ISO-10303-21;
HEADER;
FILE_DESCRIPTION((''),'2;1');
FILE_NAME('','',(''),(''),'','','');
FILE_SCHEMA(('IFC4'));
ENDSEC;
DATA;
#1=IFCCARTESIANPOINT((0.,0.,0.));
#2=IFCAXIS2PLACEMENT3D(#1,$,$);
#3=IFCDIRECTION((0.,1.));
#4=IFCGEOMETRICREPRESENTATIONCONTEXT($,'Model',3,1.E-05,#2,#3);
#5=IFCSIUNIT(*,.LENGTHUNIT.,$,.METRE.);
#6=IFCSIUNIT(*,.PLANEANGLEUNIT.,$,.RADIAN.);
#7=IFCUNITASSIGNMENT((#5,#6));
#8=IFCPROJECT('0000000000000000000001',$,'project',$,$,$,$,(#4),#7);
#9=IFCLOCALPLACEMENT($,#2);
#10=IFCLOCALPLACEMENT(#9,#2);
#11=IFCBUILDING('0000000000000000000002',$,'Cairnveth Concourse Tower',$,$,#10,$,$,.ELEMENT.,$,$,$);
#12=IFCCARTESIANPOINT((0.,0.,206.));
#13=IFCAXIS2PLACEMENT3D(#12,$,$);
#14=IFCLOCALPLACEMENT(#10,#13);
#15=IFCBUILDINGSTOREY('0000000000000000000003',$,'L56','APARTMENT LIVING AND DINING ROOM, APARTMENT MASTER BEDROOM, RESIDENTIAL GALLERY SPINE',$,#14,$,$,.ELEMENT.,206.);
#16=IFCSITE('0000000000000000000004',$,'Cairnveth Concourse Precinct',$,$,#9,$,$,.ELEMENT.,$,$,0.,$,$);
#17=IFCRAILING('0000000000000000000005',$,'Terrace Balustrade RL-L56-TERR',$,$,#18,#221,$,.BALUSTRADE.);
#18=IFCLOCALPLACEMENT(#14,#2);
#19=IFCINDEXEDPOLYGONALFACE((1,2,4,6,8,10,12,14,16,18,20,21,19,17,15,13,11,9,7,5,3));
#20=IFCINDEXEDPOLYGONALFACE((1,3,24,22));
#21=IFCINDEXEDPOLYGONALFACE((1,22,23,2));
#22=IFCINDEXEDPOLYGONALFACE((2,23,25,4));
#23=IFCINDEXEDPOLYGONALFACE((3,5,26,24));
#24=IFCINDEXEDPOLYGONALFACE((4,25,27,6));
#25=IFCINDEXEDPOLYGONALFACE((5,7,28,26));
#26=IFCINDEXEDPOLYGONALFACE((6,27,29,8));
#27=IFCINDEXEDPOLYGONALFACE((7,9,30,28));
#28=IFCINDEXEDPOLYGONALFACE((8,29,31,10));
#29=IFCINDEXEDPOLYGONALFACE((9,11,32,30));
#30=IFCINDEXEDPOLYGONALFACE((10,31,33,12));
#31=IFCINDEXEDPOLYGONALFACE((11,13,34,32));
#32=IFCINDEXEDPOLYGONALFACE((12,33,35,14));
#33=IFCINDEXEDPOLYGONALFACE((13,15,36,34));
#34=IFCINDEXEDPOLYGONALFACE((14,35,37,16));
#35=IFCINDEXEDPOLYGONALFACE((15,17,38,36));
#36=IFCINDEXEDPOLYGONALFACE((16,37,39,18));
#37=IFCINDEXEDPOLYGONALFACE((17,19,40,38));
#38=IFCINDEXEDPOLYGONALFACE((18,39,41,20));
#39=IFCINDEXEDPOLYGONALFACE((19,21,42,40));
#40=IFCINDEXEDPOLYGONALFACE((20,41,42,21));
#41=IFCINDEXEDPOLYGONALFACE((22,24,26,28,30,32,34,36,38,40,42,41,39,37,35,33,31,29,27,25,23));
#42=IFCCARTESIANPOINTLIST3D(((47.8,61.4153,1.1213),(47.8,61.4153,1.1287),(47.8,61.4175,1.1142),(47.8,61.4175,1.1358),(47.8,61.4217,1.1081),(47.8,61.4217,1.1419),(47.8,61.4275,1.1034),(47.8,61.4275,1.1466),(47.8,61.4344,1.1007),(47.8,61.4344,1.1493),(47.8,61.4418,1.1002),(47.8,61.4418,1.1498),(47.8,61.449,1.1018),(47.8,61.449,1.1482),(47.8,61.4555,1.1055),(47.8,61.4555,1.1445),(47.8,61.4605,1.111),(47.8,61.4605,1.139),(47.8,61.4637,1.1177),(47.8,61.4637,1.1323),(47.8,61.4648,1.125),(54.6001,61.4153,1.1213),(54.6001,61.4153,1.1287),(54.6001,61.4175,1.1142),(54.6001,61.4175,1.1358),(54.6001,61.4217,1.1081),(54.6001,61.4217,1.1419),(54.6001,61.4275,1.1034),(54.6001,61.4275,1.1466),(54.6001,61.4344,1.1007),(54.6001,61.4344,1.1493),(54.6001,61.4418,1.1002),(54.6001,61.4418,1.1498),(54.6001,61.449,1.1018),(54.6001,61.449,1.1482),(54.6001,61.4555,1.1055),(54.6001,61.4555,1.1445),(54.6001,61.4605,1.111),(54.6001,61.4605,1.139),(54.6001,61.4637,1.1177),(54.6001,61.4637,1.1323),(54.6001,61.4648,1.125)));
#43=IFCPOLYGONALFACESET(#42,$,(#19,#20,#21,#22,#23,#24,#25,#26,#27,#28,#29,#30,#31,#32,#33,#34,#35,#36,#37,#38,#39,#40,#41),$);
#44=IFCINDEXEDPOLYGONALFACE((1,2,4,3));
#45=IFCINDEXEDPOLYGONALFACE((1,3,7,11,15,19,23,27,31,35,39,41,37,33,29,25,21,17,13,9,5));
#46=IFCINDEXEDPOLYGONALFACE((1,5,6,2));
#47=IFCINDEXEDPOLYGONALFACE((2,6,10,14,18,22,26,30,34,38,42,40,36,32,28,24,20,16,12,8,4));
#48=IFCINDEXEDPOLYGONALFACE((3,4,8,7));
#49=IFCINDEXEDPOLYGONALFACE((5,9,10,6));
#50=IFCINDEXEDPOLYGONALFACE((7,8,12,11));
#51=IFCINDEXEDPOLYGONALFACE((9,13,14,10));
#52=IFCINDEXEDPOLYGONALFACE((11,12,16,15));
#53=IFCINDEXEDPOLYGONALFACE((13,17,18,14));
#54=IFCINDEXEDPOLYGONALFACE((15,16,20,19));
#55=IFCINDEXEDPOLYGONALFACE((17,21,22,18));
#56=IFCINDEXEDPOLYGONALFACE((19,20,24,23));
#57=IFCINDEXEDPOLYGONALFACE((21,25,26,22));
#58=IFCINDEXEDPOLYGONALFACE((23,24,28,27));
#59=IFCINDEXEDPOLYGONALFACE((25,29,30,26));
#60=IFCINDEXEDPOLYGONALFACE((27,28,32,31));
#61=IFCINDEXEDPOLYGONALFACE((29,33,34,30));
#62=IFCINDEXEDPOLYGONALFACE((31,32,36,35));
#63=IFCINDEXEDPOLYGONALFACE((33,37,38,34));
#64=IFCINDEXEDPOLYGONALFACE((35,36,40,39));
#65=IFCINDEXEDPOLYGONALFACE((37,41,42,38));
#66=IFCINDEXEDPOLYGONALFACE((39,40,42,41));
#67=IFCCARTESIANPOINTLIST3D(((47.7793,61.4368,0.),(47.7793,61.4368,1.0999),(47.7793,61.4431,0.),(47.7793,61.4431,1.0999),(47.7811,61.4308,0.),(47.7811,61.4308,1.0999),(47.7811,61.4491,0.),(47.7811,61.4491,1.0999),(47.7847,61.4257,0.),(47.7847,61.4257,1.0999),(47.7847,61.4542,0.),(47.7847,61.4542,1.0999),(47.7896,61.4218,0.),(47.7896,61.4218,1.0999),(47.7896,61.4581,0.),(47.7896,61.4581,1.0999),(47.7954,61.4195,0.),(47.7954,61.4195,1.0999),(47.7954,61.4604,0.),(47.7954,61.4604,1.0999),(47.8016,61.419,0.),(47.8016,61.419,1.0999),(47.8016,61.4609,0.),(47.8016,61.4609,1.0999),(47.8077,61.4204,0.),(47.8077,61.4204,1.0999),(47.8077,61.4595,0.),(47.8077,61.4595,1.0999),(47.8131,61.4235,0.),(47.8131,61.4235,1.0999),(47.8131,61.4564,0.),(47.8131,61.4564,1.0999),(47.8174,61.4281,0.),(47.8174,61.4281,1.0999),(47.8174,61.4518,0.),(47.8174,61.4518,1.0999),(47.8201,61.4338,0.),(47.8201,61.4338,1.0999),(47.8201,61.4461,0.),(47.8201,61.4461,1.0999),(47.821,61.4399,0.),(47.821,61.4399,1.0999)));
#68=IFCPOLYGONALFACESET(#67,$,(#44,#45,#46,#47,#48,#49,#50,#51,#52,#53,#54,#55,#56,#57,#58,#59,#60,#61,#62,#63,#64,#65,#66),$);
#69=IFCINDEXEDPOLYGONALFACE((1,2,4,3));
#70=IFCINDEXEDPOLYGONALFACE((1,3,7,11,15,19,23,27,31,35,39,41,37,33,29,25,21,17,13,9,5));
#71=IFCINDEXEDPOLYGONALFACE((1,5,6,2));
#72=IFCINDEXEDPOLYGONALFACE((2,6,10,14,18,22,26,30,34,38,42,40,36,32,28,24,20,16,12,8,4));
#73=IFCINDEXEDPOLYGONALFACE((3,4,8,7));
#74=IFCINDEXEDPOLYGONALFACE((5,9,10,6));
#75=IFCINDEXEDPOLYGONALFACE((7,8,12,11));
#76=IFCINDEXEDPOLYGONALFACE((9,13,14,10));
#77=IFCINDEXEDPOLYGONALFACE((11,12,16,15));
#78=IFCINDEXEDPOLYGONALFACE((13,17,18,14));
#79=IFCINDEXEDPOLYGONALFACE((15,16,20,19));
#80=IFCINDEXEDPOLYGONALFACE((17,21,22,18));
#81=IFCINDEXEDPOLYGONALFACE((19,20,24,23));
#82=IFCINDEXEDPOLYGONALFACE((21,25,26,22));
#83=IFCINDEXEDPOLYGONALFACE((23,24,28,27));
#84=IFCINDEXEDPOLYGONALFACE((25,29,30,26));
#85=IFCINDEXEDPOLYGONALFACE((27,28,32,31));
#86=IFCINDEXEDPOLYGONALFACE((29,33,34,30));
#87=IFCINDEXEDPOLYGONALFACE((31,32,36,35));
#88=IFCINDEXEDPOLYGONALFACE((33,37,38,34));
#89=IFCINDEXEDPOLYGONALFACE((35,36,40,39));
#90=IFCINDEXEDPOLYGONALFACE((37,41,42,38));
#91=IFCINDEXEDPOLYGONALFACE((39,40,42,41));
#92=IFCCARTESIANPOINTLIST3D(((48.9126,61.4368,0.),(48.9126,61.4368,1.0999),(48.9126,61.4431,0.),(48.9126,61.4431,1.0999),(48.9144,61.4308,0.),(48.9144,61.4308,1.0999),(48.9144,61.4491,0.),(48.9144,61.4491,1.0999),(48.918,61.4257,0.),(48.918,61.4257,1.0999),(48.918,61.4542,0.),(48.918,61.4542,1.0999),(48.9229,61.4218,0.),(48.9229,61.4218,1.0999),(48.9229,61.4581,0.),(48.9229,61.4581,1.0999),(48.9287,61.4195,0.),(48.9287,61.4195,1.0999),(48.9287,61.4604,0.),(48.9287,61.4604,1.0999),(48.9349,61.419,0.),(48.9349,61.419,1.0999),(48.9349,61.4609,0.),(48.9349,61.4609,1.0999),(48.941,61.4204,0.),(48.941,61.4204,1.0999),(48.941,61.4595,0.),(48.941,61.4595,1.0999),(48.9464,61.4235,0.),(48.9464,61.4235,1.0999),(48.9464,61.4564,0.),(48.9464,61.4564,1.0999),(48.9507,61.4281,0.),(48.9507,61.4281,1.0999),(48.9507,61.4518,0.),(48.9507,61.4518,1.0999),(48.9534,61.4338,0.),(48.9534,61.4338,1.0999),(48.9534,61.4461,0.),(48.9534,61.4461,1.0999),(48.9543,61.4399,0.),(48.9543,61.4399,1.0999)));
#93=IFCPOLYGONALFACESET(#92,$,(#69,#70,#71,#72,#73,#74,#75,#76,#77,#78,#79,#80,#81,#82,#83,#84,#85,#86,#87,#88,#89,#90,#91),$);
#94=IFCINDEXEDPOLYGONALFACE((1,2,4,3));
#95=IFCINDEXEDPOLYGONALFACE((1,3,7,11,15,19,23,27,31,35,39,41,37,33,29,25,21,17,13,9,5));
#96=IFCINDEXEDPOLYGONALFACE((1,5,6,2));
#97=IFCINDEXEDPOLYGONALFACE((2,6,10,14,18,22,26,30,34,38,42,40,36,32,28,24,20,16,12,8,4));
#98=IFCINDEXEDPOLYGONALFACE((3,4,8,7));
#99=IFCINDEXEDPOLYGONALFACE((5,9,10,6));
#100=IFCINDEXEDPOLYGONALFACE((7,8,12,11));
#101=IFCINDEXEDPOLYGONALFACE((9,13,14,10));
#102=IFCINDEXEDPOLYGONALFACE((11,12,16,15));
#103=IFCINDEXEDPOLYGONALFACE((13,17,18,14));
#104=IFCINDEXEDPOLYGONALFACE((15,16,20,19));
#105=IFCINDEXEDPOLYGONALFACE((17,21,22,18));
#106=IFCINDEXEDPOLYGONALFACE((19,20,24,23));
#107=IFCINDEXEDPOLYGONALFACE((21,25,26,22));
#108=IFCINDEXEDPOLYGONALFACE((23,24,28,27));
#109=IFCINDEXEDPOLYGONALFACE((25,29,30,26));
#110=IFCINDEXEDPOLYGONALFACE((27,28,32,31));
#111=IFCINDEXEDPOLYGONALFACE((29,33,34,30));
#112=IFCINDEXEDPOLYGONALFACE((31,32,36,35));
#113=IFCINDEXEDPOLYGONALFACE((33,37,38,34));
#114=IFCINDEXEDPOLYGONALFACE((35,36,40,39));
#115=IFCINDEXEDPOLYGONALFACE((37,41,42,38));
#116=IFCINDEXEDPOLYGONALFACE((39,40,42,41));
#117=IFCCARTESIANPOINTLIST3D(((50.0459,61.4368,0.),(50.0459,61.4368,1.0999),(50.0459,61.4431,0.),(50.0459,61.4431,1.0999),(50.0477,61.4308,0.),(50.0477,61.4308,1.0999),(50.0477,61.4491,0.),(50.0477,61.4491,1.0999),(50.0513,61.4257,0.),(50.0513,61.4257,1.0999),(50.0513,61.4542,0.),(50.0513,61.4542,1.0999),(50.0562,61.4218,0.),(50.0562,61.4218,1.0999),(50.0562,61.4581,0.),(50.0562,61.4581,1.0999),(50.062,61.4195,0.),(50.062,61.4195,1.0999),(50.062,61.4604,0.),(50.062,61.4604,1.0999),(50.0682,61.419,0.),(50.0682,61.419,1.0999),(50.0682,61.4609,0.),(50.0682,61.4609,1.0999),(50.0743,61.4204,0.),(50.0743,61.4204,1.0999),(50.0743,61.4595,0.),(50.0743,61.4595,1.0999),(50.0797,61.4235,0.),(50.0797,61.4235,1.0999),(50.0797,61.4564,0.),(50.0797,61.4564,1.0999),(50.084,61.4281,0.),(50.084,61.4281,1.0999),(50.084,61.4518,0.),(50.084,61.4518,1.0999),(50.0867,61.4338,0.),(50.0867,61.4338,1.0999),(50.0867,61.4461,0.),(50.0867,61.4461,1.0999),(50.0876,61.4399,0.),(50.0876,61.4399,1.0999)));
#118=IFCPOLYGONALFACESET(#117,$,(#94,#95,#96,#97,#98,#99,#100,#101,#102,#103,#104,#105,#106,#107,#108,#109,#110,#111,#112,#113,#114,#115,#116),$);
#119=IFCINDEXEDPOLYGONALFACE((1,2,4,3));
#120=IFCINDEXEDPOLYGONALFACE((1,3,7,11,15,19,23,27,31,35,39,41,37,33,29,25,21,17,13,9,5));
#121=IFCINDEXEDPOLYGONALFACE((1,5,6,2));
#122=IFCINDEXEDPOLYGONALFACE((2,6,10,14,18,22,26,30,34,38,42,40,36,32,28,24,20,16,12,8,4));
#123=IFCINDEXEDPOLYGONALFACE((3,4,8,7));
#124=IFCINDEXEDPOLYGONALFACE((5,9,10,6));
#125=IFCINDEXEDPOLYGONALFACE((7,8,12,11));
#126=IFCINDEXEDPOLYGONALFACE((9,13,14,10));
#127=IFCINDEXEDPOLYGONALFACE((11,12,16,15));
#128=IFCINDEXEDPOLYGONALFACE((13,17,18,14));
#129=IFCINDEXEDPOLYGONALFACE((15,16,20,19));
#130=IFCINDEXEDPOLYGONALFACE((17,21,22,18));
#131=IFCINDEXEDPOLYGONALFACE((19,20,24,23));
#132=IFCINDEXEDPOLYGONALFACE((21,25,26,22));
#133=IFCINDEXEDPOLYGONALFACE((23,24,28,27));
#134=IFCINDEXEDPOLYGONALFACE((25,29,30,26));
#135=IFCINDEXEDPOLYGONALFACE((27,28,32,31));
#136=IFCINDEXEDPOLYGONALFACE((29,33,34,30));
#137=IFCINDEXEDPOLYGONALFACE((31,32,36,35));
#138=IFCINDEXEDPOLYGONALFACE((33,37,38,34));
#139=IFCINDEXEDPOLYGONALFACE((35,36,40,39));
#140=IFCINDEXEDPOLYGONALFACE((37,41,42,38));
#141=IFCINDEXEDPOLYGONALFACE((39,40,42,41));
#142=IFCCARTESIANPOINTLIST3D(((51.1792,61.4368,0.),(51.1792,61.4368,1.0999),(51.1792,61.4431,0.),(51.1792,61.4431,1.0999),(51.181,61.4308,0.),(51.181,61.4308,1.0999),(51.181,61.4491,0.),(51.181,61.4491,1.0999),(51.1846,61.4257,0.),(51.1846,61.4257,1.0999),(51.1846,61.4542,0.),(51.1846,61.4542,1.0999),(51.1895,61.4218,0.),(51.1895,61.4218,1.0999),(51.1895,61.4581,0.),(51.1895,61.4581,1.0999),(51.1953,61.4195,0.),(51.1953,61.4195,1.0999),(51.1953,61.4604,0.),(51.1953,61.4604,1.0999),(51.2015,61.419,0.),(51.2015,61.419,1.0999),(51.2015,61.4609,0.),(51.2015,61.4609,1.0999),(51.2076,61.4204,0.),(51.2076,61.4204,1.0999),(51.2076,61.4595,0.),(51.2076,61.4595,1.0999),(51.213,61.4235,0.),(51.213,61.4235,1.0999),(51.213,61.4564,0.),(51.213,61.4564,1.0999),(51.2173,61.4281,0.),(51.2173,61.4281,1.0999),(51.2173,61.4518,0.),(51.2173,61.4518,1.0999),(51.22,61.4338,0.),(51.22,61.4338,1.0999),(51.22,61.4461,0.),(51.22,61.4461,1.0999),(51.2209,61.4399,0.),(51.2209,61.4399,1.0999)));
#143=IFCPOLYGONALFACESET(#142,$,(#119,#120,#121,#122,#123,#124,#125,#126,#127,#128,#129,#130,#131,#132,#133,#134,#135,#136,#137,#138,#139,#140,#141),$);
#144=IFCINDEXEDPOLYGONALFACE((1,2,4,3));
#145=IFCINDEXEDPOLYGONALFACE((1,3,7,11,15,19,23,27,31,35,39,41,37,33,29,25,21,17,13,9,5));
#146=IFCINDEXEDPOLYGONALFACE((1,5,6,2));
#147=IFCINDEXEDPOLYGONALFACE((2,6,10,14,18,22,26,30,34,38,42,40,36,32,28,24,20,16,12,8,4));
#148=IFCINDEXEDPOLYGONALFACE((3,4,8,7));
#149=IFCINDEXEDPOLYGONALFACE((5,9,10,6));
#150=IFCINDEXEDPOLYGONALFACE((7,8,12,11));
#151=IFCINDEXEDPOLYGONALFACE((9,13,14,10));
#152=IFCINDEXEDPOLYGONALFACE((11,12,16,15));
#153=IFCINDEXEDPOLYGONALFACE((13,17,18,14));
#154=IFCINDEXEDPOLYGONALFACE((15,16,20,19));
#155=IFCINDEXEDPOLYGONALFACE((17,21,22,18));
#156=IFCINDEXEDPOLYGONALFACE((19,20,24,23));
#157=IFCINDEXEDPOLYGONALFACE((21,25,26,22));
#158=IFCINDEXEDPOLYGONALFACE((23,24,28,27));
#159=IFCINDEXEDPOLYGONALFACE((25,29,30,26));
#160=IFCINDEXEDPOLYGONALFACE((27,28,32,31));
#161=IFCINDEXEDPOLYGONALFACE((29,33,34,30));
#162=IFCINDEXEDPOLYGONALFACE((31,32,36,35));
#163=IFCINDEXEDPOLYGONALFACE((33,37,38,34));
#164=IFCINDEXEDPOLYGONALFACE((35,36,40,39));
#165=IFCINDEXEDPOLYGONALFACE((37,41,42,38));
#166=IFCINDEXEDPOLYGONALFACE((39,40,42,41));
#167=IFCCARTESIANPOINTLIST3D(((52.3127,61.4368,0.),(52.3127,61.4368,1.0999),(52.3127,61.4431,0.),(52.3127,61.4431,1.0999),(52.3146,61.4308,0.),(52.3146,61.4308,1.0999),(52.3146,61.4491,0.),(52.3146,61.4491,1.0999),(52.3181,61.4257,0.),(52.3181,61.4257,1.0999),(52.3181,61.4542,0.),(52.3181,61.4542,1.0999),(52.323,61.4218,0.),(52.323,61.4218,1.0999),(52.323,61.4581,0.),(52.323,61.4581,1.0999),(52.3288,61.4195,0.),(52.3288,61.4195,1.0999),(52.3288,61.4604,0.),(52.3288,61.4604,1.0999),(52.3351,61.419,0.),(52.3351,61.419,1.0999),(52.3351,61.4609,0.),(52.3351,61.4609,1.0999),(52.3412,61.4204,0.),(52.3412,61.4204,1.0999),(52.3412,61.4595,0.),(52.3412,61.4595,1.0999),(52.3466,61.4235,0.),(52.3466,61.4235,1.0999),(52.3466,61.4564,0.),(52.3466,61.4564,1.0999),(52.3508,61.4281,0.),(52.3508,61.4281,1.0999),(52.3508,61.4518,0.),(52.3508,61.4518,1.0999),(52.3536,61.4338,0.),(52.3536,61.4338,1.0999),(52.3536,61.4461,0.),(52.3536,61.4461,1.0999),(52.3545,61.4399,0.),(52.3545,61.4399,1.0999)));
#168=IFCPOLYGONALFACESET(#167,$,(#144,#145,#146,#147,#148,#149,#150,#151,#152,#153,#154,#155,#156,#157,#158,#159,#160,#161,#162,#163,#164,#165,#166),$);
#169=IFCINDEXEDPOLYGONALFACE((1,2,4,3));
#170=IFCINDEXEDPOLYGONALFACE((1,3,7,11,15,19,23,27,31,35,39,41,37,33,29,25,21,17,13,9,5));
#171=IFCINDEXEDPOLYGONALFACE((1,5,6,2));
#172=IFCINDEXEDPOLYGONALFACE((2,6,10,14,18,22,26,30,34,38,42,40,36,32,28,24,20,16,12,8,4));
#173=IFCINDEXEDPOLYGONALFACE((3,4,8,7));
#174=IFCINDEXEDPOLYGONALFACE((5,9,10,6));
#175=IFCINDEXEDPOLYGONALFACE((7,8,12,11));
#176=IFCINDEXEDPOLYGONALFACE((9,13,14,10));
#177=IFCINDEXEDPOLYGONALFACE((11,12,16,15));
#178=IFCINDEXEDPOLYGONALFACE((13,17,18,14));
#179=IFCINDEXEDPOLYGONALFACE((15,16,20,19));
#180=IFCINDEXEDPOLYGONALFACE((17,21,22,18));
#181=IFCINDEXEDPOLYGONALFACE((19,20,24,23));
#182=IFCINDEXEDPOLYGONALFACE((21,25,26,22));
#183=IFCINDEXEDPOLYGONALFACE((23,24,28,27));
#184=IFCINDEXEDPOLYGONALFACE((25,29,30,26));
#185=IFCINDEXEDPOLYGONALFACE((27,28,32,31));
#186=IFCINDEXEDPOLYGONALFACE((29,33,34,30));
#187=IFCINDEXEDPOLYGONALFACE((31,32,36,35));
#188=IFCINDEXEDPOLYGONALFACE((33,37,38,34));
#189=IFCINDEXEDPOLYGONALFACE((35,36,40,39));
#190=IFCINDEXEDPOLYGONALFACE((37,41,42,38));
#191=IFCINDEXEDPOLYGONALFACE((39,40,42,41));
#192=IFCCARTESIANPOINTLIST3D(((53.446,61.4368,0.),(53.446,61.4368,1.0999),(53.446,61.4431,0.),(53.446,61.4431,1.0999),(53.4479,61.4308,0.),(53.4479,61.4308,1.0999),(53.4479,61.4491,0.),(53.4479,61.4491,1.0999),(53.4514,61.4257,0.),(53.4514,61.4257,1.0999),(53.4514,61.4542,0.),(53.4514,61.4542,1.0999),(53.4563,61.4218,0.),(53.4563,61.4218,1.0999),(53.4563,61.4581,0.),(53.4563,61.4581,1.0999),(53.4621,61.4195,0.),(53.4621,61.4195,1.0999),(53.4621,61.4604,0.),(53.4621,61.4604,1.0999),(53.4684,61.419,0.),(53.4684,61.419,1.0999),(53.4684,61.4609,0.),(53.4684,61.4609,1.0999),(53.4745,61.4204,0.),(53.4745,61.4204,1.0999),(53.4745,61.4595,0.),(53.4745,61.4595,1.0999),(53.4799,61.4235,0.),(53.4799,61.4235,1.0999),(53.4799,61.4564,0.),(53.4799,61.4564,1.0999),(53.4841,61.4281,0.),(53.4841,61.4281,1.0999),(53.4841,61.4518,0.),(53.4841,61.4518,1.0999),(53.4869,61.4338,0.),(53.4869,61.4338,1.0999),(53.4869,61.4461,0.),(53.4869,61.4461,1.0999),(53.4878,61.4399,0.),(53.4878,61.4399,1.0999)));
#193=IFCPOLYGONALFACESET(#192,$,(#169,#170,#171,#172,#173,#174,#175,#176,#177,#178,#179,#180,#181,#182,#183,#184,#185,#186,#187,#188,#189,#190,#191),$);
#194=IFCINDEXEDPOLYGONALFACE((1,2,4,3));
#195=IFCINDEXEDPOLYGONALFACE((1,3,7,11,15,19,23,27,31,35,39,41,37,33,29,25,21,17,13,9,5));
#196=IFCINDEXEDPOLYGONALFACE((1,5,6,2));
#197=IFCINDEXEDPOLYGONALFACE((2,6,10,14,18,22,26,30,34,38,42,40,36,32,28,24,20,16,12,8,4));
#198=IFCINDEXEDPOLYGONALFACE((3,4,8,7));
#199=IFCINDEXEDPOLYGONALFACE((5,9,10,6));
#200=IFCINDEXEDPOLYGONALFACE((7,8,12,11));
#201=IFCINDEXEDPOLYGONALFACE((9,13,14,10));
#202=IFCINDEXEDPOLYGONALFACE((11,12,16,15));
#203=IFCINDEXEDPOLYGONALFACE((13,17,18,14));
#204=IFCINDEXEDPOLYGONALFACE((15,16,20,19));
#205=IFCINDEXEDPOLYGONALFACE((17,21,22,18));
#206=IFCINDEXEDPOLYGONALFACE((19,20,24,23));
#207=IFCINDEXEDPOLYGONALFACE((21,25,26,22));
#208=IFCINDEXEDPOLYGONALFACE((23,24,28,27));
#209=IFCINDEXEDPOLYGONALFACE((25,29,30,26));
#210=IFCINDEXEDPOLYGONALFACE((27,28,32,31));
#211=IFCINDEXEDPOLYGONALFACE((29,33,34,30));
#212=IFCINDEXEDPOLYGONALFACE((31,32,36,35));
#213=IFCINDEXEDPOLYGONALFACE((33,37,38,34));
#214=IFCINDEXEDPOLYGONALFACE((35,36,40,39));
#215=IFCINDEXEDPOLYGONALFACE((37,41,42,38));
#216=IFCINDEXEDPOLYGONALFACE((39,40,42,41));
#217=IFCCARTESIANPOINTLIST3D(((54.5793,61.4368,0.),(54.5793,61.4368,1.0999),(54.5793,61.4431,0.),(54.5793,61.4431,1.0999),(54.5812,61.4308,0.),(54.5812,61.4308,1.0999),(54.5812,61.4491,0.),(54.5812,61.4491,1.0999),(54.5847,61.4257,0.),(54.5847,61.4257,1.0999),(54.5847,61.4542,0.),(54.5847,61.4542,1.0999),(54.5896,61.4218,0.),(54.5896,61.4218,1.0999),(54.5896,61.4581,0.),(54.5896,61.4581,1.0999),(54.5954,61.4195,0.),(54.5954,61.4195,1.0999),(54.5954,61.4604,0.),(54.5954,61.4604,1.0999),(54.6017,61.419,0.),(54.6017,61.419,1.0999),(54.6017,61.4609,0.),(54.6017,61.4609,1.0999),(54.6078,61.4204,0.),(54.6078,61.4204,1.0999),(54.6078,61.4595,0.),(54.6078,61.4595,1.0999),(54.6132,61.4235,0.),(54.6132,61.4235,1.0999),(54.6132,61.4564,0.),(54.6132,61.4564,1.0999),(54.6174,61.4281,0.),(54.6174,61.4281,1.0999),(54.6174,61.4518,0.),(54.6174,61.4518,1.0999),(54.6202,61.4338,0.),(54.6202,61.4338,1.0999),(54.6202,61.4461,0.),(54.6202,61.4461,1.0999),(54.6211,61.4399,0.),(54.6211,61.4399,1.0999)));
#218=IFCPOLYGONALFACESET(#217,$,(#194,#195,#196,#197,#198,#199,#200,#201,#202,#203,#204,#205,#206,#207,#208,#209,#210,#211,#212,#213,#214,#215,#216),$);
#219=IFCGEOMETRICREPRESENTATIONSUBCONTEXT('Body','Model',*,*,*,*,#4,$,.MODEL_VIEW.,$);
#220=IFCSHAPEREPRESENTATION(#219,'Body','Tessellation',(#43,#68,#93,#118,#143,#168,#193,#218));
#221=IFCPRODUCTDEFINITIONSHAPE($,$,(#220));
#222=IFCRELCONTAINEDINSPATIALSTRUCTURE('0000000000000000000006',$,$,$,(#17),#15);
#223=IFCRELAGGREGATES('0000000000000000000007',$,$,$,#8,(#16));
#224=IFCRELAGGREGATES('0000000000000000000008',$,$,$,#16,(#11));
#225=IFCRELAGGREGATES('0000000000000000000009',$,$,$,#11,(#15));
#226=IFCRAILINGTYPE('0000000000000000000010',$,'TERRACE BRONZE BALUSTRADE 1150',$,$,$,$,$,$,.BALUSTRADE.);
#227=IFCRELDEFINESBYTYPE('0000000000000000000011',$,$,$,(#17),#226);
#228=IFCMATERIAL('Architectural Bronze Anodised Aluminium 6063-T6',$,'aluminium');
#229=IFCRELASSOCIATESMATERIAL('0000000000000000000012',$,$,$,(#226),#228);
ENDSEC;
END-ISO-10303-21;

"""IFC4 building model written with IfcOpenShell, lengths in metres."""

from ifc_helpers import new_model, si_unit, direction, frame, origin, origin_2d, place, context, subcontext, project, spatial, circle, extrude, material, type_object, element, save


model = new_model("IFC4")

# Units and contexts
model_context = context("Model", 3, precision=1e-05, world=origin(), true_north=direction((0.0, 1.0)))
body_context = subcontext(model_context, "Body", "Model", "MODEL_VIEW")
ifc_project = project(units=[si_unit("LENGTHUNIT", "METRE"), si_unit("PLANEANGLEUNIT", "RADIAN")], contexts=[model_context])

# Site, building, storey
site_placement = place(None, origin())
site = spatial("IfcSite", under=ifc_project, at=site_placement, Name="Cairnveth Concourse Precinct", CompositionType="ELEMENT", RefElevation=0.0)
building_placement = place(site_placement, origin())
building = spatial("IfcBuilding", under=site, at=building_placement, Name="Cairnveth Concourse Tower", CompositionType="ELEMENT")
storey_placement = place(building_placement, frame((0.0, 0.0, 206.0)))
storey = spatial("IfcBuildingStorey", under=building, at=storey_placement, Name="L56", Description="APARTMENT LIVING AND DINING ROOM, APARTMENT MASTER BEDROOM, RESIDENTIAL GALLERY SPINE", CompositionType="ELEMENT", Elevation=206.0)

# Shared definitions
ifc_material_1 = material(Name="Architectural Bronze Anodised Aluminium 6063-T6", Category="aluminium")

# Railing
railing_type = type_object("IfcRailingType", Name="TERRACE BRONZE BALUSTRADE 1150", PredefinedType="BALUSTRADE", material=ifc_material_1)
railing_placement = place(storey_placement, frame((47.8, 61.4399, 0.0)))
element("IfcRailing", 1, at=railing_placement, inside=storey, type_object=railing_type, Name="Terrace Balustrade RL-L56-TERR", PredefinedType="BALUSTRADE", context=body_context, shape_type="SweptSolid", body=[
    extrude(circle(Radius=0.0249, at=origin_2d()), frame((0.0, 0.0, 1.125), z_axis=(1.0, 0.0, 0.0), x_axis=(0.0, 1.0, 0.0)), (0.0, 0.0, 1.0), 6.8),
    extrude(circle(Radius=0.021, at=origin_2d()), origin(), (0.0, 0.0, 1.0), 1.0999),
    extrude(circle(Radius=0.021, at=origin_2d()), frame((1.1333, 0.0, 0.0)), (0.0, 0.0, 1.0), 1.0999),
    extrude(circle(Radius=0.021, at=origin_2d()), frame((2.2666, 0.0, 0.0)), (0.0, 0.0, 1.0), 1.0999),
    extrude(circle(Radius=0.021, at=origin_2d()), frame((3.3999, 0.0, 0.0)), (0.0, 0.0, 1.0), 1.0999),
    extrude(circle(Radius=0.021, at=origin_2d()), frame((4.5334, 0.0, 0.0)), (0.0, 0.0, 1.0), 1.0999),
    extrude(circle(Radius=0.021, at=origin_2d()), frame((5.6667, 0.0, 0.0)), (0.0, 0.0, 1.0), 1.0999),
    extrude(circle(Radius=0.021, at=origin_2d()), frame((6.8, 0.0, 0.0)), (0.0, 0.0, 1.0), 1.0999),
])

save(model, "model.ifc")
